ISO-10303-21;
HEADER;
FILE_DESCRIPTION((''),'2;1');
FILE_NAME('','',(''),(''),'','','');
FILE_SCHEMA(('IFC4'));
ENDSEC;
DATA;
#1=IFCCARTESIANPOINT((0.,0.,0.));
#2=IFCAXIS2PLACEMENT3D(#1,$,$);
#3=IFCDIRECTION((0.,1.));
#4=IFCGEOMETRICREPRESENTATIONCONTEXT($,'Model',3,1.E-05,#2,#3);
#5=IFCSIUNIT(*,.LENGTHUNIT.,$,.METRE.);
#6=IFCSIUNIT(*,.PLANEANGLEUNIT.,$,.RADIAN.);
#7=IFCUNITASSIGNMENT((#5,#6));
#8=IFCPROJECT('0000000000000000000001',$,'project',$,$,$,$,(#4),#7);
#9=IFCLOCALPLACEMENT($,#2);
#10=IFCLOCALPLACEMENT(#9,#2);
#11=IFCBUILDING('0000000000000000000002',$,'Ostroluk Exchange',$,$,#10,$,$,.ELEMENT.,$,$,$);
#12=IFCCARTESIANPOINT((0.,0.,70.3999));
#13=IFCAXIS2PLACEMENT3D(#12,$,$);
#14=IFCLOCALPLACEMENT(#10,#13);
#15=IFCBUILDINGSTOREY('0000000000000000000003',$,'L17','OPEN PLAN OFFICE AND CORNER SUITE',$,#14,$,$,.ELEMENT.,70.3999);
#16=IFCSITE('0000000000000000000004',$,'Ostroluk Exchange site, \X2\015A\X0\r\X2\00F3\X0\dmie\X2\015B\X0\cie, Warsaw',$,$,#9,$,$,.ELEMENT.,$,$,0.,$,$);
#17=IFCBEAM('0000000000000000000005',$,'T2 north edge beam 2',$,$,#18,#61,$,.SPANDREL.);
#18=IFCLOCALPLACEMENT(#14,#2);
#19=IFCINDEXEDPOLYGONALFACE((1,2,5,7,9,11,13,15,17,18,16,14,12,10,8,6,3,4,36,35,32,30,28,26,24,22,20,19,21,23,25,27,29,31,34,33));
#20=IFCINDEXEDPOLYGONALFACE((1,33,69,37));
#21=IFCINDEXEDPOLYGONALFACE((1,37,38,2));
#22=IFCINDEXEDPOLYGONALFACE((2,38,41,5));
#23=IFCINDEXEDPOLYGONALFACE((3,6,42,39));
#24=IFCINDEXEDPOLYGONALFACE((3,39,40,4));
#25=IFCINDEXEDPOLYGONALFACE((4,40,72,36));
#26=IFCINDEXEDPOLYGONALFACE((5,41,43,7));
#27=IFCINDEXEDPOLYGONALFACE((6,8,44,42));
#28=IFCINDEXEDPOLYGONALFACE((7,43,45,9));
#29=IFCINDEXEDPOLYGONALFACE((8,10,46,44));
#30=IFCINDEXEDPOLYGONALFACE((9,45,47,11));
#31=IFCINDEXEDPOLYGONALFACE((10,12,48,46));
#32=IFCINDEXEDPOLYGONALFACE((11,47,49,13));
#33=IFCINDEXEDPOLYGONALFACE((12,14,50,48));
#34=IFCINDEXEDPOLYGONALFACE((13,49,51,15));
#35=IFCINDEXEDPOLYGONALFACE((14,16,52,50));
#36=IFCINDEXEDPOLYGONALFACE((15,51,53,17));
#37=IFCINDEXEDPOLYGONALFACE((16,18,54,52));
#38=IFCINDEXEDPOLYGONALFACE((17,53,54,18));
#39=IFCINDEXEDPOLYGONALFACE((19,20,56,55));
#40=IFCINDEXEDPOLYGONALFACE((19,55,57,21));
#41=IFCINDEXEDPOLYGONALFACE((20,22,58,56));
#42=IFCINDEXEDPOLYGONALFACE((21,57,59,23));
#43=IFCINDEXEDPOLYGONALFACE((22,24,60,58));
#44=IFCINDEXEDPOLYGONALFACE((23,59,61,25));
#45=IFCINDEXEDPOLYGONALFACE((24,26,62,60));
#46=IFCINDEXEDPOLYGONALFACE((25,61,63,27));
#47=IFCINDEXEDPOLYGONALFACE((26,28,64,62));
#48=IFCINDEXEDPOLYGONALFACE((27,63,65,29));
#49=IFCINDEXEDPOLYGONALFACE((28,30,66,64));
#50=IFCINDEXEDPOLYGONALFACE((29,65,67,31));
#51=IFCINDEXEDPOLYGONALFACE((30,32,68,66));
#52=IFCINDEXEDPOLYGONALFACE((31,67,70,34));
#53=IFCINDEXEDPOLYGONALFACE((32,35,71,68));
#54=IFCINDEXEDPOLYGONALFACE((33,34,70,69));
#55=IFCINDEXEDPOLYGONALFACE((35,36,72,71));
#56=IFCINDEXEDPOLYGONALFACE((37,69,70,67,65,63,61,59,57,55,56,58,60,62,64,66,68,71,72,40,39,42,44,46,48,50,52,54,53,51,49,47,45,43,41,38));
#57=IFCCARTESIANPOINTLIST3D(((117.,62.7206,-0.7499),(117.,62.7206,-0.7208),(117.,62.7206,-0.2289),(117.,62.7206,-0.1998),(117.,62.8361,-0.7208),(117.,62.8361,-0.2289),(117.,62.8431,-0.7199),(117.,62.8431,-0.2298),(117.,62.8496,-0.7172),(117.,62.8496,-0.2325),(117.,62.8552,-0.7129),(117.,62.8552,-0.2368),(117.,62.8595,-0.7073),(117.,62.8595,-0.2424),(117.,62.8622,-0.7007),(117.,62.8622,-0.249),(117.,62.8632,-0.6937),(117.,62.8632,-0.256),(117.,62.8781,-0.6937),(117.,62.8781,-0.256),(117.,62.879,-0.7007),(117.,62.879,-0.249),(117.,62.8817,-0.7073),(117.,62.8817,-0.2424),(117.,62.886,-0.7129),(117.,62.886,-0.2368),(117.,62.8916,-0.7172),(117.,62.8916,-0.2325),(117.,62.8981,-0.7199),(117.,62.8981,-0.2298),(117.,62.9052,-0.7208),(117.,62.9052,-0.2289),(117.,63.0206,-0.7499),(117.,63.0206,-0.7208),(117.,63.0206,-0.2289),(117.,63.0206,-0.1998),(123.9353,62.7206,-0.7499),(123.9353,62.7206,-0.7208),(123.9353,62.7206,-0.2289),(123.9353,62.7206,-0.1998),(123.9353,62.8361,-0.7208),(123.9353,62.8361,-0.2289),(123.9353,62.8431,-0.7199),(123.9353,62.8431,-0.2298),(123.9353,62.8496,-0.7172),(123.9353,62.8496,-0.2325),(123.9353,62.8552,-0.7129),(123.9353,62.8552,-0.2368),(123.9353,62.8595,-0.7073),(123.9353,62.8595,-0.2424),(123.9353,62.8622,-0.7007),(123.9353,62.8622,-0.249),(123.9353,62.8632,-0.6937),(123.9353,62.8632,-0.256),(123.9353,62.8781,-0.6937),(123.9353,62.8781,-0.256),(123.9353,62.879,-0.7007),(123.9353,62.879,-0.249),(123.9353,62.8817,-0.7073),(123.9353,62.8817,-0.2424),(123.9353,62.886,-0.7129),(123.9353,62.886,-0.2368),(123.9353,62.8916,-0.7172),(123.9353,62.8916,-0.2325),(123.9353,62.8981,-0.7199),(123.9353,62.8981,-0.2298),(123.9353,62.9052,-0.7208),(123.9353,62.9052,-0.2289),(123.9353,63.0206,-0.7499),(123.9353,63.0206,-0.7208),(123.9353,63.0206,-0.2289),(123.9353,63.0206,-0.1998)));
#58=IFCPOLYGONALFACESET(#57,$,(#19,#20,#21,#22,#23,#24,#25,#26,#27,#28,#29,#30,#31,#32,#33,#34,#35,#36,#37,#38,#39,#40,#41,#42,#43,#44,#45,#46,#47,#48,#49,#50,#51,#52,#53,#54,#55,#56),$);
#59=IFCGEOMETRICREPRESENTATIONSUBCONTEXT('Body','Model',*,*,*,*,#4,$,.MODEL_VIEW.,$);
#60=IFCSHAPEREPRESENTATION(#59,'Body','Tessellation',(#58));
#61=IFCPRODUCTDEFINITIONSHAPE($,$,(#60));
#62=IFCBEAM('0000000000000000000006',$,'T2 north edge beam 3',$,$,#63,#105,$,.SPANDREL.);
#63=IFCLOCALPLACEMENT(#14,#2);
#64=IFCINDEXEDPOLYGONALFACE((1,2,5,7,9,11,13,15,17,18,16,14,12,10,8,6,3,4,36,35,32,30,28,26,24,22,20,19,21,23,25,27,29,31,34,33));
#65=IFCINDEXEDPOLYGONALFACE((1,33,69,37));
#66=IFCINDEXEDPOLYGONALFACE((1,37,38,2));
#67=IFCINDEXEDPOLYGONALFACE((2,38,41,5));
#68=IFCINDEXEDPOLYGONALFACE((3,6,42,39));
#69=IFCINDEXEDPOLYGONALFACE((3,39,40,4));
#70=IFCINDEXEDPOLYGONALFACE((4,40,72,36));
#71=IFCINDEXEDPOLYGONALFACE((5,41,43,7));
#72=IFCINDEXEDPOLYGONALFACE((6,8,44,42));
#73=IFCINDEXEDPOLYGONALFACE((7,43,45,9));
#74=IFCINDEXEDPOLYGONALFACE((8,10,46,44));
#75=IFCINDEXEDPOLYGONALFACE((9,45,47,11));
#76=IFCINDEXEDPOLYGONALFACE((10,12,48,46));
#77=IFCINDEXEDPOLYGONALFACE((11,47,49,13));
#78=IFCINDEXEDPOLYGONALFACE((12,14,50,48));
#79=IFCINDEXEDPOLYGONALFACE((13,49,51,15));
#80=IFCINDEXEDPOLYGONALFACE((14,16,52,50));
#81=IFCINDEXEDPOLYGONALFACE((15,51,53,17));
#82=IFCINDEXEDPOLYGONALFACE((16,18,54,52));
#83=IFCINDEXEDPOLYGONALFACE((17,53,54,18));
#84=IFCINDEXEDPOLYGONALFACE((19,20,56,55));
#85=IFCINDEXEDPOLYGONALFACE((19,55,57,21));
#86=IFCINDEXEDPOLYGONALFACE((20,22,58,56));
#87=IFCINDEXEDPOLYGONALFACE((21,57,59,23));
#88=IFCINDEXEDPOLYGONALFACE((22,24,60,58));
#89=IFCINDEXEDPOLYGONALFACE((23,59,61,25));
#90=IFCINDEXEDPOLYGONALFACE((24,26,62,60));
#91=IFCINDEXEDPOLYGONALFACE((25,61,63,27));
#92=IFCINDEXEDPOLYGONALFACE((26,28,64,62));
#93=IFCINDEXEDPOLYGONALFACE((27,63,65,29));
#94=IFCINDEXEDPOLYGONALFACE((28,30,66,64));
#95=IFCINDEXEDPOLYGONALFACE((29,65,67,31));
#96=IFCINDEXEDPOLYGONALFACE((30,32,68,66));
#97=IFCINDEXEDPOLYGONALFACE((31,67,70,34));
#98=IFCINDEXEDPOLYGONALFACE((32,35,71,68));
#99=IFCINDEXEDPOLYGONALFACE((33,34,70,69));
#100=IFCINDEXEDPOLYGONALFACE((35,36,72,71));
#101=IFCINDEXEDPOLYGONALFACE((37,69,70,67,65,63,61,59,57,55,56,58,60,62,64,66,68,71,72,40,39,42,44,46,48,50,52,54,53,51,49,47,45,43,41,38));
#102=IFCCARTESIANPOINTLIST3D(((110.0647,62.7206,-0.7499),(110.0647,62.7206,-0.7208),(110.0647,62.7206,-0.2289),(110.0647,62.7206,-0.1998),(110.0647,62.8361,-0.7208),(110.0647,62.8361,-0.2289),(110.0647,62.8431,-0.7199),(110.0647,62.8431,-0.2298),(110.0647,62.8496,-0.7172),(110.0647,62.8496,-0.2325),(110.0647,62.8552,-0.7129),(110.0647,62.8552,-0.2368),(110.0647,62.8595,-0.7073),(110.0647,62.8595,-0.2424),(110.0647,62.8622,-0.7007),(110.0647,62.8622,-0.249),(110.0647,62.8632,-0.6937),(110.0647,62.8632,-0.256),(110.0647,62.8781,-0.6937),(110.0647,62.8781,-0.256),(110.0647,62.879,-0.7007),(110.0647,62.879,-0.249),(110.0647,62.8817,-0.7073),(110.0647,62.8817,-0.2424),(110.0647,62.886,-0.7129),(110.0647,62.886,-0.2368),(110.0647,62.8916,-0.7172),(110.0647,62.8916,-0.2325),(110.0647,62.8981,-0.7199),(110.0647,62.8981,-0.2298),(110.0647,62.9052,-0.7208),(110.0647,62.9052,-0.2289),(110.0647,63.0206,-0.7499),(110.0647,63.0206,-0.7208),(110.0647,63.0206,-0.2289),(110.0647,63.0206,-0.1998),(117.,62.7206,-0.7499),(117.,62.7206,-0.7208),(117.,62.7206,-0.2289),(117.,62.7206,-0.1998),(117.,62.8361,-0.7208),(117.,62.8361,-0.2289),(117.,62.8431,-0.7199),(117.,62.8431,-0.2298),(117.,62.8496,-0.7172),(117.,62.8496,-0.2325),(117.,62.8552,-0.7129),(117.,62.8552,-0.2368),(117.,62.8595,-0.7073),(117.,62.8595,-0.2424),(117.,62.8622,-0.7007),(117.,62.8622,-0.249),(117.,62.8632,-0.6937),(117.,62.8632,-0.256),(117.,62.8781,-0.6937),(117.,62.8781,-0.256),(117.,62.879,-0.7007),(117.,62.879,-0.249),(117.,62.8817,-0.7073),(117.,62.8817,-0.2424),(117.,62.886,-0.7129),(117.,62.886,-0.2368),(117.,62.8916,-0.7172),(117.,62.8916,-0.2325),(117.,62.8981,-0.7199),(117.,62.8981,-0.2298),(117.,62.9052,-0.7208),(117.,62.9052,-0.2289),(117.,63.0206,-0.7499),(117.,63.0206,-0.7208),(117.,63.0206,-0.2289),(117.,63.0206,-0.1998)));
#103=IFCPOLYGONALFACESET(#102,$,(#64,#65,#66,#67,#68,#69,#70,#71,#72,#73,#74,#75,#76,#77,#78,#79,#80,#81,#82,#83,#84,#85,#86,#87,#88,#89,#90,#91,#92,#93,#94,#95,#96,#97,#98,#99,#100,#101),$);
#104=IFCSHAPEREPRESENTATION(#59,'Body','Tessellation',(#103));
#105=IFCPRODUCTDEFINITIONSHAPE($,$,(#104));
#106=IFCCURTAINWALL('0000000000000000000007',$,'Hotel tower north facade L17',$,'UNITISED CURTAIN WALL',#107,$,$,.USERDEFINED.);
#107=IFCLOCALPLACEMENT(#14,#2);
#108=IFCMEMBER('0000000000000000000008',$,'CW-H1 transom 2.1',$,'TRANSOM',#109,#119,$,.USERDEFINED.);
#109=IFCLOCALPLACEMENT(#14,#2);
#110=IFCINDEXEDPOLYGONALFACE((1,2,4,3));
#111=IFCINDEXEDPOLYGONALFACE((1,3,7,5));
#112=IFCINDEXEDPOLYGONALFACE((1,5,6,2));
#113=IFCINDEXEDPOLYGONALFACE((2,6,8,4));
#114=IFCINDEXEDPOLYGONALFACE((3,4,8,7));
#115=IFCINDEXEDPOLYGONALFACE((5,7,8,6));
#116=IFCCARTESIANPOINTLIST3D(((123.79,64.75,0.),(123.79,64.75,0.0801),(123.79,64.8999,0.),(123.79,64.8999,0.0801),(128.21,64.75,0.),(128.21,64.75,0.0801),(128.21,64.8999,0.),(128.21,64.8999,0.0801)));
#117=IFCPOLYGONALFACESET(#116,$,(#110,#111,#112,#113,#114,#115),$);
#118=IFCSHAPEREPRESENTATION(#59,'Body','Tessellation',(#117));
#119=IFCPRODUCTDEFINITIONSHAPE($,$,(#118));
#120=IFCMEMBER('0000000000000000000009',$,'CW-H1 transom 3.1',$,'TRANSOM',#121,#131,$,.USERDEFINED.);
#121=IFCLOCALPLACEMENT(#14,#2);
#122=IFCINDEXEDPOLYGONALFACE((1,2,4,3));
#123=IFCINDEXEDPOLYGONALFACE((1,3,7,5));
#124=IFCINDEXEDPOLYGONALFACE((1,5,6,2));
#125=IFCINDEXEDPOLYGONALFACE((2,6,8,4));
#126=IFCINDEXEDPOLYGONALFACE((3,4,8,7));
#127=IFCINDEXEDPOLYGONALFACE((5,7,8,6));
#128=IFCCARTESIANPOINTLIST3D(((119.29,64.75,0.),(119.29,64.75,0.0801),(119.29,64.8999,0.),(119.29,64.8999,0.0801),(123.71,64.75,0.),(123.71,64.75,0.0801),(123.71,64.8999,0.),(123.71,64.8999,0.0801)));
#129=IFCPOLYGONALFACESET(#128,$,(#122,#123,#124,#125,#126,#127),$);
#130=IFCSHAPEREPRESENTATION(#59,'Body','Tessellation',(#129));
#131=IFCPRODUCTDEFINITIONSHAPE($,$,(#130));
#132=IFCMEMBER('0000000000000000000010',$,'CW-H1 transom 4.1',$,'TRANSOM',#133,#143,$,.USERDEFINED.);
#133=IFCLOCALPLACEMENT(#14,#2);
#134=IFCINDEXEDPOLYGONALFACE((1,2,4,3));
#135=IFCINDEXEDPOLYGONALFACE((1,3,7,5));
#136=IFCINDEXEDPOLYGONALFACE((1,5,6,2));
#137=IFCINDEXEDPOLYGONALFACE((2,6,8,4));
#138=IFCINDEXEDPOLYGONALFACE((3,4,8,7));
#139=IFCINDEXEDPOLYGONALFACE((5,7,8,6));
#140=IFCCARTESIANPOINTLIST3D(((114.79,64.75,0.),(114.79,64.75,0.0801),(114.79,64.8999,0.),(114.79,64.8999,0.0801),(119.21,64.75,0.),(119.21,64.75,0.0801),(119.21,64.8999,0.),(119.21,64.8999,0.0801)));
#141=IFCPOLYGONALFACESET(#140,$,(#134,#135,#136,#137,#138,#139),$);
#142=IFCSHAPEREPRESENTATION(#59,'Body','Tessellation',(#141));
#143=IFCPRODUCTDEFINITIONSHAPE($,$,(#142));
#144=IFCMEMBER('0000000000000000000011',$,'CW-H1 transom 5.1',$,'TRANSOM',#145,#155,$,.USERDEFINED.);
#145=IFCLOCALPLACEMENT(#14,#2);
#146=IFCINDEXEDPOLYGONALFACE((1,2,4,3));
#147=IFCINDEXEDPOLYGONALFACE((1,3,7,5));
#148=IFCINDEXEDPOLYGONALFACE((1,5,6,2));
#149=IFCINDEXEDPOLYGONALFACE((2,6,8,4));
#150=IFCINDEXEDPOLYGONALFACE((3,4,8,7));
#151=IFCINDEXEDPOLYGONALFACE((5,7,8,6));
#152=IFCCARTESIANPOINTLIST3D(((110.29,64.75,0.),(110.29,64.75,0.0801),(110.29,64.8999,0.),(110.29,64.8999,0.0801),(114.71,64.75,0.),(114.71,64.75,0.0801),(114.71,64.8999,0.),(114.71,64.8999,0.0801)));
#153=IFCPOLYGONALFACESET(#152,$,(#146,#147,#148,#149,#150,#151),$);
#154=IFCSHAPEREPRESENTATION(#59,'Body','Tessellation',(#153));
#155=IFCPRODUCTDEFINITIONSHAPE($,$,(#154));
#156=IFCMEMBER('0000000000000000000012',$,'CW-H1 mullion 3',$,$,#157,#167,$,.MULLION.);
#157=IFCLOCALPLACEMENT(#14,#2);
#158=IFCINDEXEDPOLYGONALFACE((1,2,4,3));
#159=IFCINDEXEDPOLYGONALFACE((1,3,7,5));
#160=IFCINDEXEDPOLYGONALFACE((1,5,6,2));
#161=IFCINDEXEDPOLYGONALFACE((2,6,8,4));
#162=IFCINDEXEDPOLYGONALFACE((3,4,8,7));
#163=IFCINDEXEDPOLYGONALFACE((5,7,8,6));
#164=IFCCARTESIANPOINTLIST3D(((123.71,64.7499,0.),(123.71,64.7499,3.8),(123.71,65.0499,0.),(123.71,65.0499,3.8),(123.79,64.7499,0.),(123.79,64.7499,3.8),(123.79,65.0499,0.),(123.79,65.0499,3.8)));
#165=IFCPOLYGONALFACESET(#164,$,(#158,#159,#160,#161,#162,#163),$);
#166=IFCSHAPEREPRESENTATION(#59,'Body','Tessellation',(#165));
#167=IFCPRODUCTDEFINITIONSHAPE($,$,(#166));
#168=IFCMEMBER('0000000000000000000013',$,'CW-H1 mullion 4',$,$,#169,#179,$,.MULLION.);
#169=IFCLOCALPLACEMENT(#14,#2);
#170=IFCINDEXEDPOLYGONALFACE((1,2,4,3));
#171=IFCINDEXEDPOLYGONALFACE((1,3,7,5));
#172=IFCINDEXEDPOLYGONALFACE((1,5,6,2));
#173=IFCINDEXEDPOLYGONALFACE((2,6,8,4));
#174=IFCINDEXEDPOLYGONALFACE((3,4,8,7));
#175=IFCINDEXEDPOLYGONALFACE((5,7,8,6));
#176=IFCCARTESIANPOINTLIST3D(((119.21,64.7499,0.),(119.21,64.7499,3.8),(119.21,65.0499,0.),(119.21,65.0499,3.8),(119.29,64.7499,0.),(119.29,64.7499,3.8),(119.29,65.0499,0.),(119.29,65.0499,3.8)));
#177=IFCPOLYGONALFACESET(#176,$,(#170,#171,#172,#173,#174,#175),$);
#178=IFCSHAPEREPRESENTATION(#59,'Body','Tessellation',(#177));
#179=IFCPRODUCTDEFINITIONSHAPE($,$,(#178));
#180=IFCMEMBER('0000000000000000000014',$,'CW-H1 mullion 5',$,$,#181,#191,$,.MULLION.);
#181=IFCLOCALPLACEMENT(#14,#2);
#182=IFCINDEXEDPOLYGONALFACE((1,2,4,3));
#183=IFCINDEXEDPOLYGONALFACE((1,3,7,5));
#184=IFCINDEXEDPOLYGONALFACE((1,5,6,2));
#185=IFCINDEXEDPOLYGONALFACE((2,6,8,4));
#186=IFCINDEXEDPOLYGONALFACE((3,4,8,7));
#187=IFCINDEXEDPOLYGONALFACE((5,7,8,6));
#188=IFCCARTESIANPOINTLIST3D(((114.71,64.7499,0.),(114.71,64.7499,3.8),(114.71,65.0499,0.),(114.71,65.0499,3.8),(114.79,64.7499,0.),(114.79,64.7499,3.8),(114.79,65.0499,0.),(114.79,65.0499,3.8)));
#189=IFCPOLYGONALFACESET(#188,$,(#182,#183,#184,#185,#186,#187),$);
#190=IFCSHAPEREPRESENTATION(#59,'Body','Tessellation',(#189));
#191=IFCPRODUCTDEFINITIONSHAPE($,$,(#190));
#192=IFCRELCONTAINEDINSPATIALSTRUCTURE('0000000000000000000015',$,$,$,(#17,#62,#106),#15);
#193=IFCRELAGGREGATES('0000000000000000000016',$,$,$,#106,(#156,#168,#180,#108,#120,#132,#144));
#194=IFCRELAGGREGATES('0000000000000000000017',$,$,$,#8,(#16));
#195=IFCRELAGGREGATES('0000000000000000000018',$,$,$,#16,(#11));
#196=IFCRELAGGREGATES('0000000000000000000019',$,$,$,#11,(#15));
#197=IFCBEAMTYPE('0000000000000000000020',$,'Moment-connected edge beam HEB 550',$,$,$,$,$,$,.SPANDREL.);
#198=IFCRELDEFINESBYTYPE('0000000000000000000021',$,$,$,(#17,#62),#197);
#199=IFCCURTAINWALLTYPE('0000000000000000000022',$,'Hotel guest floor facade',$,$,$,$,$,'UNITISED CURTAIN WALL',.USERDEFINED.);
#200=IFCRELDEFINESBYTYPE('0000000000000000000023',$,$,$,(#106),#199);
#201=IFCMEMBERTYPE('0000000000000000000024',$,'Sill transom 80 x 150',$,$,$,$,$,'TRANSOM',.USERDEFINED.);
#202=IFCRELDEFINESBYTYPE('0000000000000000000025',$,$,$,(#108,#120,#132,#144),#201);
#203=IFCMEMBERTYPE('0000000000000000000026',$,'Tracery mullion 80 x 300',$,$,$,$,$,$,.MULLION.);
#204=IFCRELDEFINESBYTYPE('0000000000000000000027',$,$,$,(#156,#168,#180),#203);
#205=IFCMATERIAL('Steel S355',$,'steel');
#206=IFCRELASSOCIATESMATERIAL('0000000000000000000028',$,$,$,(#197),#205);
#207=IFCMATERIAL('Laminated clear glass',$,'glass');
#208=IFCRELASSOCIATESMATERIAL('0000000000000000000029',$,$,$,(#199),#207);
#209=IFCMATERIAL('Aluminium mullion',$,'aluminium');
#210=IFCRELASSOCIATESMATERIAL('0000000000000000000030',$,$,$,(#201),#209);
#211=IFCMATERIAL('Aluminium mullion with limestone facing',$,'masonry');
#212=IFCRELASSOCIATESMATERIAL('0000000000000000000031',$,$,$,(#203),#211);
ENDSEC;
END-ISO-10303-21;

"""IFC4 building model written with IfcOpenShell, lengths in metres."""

from ifc_helpers import new_model, si_unit, direction, frame, origin, origin_2d, place, context, subcontext, project, spatial, rectangle, i_section, extrude, material, material_profile, profile_set, type_object, element, aggregate, save


model = new_model("IFC4")

# Units and contexts
model_context = context("Model", 3, precision=1e-05, world=origin(), true_north=direction((0.0, 1.0)))
body_context = subcontext(model_context, "Body", "Model", "MODEL_VIEW")
ifc_project = project(units=[si_unit("LENGTHUNIT", "METRE"), si_unit("PLANEANGLEUNIT", "RADIAN")], contexts=[model_context])

# Site, building, storey
site_placement = place(None, origin())
site = spatial("IfcSite", under=ifc_project, at=site_placement, Name="Ostroluk Exchange site, Śródmieście, Warsaw", CompositionType="ELEMENT", RefElevation=0.0)
building_placement = place(site_placement, origin())
building = spatial("IfcBuilding", under=site, at=building_placement, Name="Ostroluk Exchange", CompositionType="ELEMENT")
storey_placement = place(building_placement, frame((0.0, 0.0, 70.3999)))
storey = spatial("IfcBuildingStorey", under=building, at=storey_placement, Name="L17", Description="OPEN PLAN OFFICE AND CORNER SUITE", CompositionType="ELEMENT", Elevation=70.3999)

# Beams
ifc_material_1 = material(Name="Steel S355", Category="steel")
ifc_material_profile_1 = material_profile(ifc_material_1, i_section(OverallWidth=0.3, OverallDepth=0.55, WebThickness=0.0149, FlangeThickness=0.0291, FilletRadius=0.0271, at=origin_2d()), Name="HEB 550")
ifc_profile_set_1 = profile_set([ifc_material_profile_1], Name="Steel S355")
beam_type = type_object("IfcBeamType", Name="Moment-connected edge beam HEB 550", PredefinedType="SPANDREL", material=ifc_profile_set_1)
for number, where, z_axis, x_axis, name in (
    (1, (123.9353, 62.8706, -0.4749), (-1.0, 0.0, 0.0), (0.0, -1.0, 0.0), "T2 north edge beam 2"),
    (2, (117.0, 62.8706, -0.4749), (-1.0, 0.0, 0.0), (0.0, -1.0, 0.0), "T2 north edge beam 3"),
):
    element("IfcBeam", number, at=place(storey_placement, frame(where, z_axis=z_axis, x_axis=x_axis)), inside=storey, type_object=beam_type, Name=name, PredefinedType="SPANDREL", context=body_context, shape_type="SweptSolid", body=[
        extrude(i_section(OverallWidth=0.3, OverallDepth=0.55, WebThickness=0.0149, FlangeThickness=0.0291, FilletRadius=0.0271, at=origin_2d()), origin(), (0.0, 0.0, 1.0), 6.9353),
    ])

# Curtain wall, members
ifc_material_2 = material(Name="Laminated clear glass", Category="glass")
curtain_wall_type = type_object("IfcCurtainWallType", Name="Hotel guest floor facade", ElementType="UNITISED CURTAIN WALL", PredefinedType="USERDEFINED", material=ifc_material_2)
curtain_wall_placement = place(storey_placement, origin())
curtain_wall = element("IfcCurtainWall", 3, at=curtain_wall_placement, inside=storey, type_object=curtain_wall_type, Name="Hotel tower north facade L17", ObjectType="UNITISED CURTAIN WALL", PredefinedType="USERDEFINED")
ifc_material_3 = material(Name="Aluminium mullion", Category="aluminium")
ifc_material_profile_2 = material_profile(ifc_material_3, rectangle(XDim=0.1499, YDim=0.0801, at=origin_2d()), Name="Sill transom 80 x 150")
ifc_profile_set_2 = profile_set([ifc_material_profile_2], Name="Aluminium mullion")
member_type_1 = type_object("IfcMemberType", Name="Sill transom 80 x 150", ElementType="TRANSOM", PredefinedType="USERDEFINED", material=ifc_profile_set_2)
member_1_placement = place(storey_placement, frame((128.21, 64.825, 0.04), z_axis=(-1.0, 0.0, 0.0), x_axis=(0.0, -1.0, 0.0)))
member_1 = element("IfcMember", 4, at=member_1_placement, type_object=member_type_1, Name="CW-H1 transom 2.1", ObjectType="TRANSOM", PredefinedType="USERDEFINED", context=body_context, shape_type="SweptSolid", body=[
    extrude(rectangle(XDim=0.1499, YDim=0.0801, at=origin_2d()), origin(), (0.0, 0.0, 1.0), 4.4199),
])
member_2_placement = place(storey_placement, frame((123.71, 64.825, 0.04), z_axis=(-1.0, 0.0, 0.0), x_axis=(0.0, -1.0, 0.0)))
member_2 = element("IfcMember", 5, at=member_2_placement, type_object=member_type_1, Name="CW-H1 transom 3.1", ObjectType="TRANSOM", PredefinedType="USERDEFINED", context=body_context, shape_type="SweptSolid", body=[
    extrude(rectangle(XDim=0.1499, YDim=0.0801, at=origin_2d()), origin(), (0.0, 0.0, 1.0), 4.4199),
])
member_3_placement = place(storey_placement, frame((119.21, 64.825, 0.04), z_axis=(-1.0, 0.0, 0.0), x_axis=(0.0, -1.0, 0.0)))
member_3 = element("IfcMember", 6, at=member_3_placement, type_object=member_type_1, Name="CW-H1 transom 4.1", ObjectType="TRANSOM", PredefinedType="USERDEFINED", context=body_context, shape_type="SweptSolid", body=[
    extrude(rectangle(XDim=0.1499, YDim=0.0801, at=origin_2d()), origin(), (0.0, 0.0, 1.0), 4.4199),
])
member_4_placement = place(storey_placement, frame((114.71, 64.825, 0.04), z_axis=(-1.0, 0.0, 0.0), x_axis=(0.0, -1.0, 0.0)))
member_4 = element("IfcMember", 7, at=member_4_placement, type_object=member_type_1, Name="CW-H1 transom 5.1", ObjectType="TRANSOM", PredefinedType="USERDEFINED", context=body_context, shape_type="SweptSolid", body=[
    extrude(rectangle(XDim=0.1499, YDim=0.0801, at=origin_2d()), origin(), (0.0, 0.0, 1.0), 4.4199),
])
ifc_material_4 = material(Name="Aluminium mullion with limestone facing", Category="masonry")
ifc_material_profile_3 = material_profile(ifc_material_4, rectangle(XDim=0.3, YDim=0.0801, at=origin_2d()), Name="Tracery mullion 80 x 300")
ifc_profile_set_3 = profile_set([ifc_material_profile_3], Name="Aluminium mullion with limestone facing")
member_type_2 = type_object("IfcMemberType", Name="Tracery mullion 80 x 300", PredefinedType="MULLION", material=ifc_profile_set_3)
member_5_placement = place(storey_placement, frame((123.75, 64.8999, 0.0), z_axis=(0.0, 0.0, 1.0), x_axis=(0.0, -1.0, 0.0)))
member_5 = element("IfcMember", 8, at=member_5_placement, type_object=member_type_2, Name="CW-H1 mullion 3", PredefinedType="MULLION", context=body_context, shape_type="SweptSolid", body=[
    extrude(rectangle(XDim=0.3, YDim=0.0801, at=origin_2d()), origin(), (0.0, 0.0, 1.0), 3.8),
])
member_6_placement = place(storey_placement, frame((119.25, 64.8999, 0.0), z_axis=(0.0, 0.0, 1.0), x_axis=(0.0, -1.0, 0.0)))
member_6 = element("IfcMember", 9, at=member_6_placement, type_object=member_type_2, Name="CW-H1 mullion 4", PredefinedType="MULLION", context=body_context, shape_type="SweptSolid", body=[
    extrude(rectangle(XDim=0.3, YDim=0.0801, at=origin_2d()), origin(), (0.0, 0.0, 1.0), 3.8),
])
member_7_placement = place(storey_placement, frame((114.75, 64.8999, 0.0), z_axis=(0.0, 0.0, 1.0), x_axis=(0.0, -1.0, 0.0)))
member_7 = element("IfcMember", 10, at=member_7_placement, type_object=member_type_2, Name="CW-H1 mullion 5", PredefinedType="MULLION", context=body_context, shape_type="SweptSolid", body=[
    extrude(rectangle(XDim=0.3, YDim=0.0801, at=origin_2d()), origin(), (0.0, 0.0, 1.0), 3.8),
])
aggregate(curtain_wall, [member_5, member_6, member_7, member_1, member_2, member_3, member_4])

save(model, "model.ifc")
